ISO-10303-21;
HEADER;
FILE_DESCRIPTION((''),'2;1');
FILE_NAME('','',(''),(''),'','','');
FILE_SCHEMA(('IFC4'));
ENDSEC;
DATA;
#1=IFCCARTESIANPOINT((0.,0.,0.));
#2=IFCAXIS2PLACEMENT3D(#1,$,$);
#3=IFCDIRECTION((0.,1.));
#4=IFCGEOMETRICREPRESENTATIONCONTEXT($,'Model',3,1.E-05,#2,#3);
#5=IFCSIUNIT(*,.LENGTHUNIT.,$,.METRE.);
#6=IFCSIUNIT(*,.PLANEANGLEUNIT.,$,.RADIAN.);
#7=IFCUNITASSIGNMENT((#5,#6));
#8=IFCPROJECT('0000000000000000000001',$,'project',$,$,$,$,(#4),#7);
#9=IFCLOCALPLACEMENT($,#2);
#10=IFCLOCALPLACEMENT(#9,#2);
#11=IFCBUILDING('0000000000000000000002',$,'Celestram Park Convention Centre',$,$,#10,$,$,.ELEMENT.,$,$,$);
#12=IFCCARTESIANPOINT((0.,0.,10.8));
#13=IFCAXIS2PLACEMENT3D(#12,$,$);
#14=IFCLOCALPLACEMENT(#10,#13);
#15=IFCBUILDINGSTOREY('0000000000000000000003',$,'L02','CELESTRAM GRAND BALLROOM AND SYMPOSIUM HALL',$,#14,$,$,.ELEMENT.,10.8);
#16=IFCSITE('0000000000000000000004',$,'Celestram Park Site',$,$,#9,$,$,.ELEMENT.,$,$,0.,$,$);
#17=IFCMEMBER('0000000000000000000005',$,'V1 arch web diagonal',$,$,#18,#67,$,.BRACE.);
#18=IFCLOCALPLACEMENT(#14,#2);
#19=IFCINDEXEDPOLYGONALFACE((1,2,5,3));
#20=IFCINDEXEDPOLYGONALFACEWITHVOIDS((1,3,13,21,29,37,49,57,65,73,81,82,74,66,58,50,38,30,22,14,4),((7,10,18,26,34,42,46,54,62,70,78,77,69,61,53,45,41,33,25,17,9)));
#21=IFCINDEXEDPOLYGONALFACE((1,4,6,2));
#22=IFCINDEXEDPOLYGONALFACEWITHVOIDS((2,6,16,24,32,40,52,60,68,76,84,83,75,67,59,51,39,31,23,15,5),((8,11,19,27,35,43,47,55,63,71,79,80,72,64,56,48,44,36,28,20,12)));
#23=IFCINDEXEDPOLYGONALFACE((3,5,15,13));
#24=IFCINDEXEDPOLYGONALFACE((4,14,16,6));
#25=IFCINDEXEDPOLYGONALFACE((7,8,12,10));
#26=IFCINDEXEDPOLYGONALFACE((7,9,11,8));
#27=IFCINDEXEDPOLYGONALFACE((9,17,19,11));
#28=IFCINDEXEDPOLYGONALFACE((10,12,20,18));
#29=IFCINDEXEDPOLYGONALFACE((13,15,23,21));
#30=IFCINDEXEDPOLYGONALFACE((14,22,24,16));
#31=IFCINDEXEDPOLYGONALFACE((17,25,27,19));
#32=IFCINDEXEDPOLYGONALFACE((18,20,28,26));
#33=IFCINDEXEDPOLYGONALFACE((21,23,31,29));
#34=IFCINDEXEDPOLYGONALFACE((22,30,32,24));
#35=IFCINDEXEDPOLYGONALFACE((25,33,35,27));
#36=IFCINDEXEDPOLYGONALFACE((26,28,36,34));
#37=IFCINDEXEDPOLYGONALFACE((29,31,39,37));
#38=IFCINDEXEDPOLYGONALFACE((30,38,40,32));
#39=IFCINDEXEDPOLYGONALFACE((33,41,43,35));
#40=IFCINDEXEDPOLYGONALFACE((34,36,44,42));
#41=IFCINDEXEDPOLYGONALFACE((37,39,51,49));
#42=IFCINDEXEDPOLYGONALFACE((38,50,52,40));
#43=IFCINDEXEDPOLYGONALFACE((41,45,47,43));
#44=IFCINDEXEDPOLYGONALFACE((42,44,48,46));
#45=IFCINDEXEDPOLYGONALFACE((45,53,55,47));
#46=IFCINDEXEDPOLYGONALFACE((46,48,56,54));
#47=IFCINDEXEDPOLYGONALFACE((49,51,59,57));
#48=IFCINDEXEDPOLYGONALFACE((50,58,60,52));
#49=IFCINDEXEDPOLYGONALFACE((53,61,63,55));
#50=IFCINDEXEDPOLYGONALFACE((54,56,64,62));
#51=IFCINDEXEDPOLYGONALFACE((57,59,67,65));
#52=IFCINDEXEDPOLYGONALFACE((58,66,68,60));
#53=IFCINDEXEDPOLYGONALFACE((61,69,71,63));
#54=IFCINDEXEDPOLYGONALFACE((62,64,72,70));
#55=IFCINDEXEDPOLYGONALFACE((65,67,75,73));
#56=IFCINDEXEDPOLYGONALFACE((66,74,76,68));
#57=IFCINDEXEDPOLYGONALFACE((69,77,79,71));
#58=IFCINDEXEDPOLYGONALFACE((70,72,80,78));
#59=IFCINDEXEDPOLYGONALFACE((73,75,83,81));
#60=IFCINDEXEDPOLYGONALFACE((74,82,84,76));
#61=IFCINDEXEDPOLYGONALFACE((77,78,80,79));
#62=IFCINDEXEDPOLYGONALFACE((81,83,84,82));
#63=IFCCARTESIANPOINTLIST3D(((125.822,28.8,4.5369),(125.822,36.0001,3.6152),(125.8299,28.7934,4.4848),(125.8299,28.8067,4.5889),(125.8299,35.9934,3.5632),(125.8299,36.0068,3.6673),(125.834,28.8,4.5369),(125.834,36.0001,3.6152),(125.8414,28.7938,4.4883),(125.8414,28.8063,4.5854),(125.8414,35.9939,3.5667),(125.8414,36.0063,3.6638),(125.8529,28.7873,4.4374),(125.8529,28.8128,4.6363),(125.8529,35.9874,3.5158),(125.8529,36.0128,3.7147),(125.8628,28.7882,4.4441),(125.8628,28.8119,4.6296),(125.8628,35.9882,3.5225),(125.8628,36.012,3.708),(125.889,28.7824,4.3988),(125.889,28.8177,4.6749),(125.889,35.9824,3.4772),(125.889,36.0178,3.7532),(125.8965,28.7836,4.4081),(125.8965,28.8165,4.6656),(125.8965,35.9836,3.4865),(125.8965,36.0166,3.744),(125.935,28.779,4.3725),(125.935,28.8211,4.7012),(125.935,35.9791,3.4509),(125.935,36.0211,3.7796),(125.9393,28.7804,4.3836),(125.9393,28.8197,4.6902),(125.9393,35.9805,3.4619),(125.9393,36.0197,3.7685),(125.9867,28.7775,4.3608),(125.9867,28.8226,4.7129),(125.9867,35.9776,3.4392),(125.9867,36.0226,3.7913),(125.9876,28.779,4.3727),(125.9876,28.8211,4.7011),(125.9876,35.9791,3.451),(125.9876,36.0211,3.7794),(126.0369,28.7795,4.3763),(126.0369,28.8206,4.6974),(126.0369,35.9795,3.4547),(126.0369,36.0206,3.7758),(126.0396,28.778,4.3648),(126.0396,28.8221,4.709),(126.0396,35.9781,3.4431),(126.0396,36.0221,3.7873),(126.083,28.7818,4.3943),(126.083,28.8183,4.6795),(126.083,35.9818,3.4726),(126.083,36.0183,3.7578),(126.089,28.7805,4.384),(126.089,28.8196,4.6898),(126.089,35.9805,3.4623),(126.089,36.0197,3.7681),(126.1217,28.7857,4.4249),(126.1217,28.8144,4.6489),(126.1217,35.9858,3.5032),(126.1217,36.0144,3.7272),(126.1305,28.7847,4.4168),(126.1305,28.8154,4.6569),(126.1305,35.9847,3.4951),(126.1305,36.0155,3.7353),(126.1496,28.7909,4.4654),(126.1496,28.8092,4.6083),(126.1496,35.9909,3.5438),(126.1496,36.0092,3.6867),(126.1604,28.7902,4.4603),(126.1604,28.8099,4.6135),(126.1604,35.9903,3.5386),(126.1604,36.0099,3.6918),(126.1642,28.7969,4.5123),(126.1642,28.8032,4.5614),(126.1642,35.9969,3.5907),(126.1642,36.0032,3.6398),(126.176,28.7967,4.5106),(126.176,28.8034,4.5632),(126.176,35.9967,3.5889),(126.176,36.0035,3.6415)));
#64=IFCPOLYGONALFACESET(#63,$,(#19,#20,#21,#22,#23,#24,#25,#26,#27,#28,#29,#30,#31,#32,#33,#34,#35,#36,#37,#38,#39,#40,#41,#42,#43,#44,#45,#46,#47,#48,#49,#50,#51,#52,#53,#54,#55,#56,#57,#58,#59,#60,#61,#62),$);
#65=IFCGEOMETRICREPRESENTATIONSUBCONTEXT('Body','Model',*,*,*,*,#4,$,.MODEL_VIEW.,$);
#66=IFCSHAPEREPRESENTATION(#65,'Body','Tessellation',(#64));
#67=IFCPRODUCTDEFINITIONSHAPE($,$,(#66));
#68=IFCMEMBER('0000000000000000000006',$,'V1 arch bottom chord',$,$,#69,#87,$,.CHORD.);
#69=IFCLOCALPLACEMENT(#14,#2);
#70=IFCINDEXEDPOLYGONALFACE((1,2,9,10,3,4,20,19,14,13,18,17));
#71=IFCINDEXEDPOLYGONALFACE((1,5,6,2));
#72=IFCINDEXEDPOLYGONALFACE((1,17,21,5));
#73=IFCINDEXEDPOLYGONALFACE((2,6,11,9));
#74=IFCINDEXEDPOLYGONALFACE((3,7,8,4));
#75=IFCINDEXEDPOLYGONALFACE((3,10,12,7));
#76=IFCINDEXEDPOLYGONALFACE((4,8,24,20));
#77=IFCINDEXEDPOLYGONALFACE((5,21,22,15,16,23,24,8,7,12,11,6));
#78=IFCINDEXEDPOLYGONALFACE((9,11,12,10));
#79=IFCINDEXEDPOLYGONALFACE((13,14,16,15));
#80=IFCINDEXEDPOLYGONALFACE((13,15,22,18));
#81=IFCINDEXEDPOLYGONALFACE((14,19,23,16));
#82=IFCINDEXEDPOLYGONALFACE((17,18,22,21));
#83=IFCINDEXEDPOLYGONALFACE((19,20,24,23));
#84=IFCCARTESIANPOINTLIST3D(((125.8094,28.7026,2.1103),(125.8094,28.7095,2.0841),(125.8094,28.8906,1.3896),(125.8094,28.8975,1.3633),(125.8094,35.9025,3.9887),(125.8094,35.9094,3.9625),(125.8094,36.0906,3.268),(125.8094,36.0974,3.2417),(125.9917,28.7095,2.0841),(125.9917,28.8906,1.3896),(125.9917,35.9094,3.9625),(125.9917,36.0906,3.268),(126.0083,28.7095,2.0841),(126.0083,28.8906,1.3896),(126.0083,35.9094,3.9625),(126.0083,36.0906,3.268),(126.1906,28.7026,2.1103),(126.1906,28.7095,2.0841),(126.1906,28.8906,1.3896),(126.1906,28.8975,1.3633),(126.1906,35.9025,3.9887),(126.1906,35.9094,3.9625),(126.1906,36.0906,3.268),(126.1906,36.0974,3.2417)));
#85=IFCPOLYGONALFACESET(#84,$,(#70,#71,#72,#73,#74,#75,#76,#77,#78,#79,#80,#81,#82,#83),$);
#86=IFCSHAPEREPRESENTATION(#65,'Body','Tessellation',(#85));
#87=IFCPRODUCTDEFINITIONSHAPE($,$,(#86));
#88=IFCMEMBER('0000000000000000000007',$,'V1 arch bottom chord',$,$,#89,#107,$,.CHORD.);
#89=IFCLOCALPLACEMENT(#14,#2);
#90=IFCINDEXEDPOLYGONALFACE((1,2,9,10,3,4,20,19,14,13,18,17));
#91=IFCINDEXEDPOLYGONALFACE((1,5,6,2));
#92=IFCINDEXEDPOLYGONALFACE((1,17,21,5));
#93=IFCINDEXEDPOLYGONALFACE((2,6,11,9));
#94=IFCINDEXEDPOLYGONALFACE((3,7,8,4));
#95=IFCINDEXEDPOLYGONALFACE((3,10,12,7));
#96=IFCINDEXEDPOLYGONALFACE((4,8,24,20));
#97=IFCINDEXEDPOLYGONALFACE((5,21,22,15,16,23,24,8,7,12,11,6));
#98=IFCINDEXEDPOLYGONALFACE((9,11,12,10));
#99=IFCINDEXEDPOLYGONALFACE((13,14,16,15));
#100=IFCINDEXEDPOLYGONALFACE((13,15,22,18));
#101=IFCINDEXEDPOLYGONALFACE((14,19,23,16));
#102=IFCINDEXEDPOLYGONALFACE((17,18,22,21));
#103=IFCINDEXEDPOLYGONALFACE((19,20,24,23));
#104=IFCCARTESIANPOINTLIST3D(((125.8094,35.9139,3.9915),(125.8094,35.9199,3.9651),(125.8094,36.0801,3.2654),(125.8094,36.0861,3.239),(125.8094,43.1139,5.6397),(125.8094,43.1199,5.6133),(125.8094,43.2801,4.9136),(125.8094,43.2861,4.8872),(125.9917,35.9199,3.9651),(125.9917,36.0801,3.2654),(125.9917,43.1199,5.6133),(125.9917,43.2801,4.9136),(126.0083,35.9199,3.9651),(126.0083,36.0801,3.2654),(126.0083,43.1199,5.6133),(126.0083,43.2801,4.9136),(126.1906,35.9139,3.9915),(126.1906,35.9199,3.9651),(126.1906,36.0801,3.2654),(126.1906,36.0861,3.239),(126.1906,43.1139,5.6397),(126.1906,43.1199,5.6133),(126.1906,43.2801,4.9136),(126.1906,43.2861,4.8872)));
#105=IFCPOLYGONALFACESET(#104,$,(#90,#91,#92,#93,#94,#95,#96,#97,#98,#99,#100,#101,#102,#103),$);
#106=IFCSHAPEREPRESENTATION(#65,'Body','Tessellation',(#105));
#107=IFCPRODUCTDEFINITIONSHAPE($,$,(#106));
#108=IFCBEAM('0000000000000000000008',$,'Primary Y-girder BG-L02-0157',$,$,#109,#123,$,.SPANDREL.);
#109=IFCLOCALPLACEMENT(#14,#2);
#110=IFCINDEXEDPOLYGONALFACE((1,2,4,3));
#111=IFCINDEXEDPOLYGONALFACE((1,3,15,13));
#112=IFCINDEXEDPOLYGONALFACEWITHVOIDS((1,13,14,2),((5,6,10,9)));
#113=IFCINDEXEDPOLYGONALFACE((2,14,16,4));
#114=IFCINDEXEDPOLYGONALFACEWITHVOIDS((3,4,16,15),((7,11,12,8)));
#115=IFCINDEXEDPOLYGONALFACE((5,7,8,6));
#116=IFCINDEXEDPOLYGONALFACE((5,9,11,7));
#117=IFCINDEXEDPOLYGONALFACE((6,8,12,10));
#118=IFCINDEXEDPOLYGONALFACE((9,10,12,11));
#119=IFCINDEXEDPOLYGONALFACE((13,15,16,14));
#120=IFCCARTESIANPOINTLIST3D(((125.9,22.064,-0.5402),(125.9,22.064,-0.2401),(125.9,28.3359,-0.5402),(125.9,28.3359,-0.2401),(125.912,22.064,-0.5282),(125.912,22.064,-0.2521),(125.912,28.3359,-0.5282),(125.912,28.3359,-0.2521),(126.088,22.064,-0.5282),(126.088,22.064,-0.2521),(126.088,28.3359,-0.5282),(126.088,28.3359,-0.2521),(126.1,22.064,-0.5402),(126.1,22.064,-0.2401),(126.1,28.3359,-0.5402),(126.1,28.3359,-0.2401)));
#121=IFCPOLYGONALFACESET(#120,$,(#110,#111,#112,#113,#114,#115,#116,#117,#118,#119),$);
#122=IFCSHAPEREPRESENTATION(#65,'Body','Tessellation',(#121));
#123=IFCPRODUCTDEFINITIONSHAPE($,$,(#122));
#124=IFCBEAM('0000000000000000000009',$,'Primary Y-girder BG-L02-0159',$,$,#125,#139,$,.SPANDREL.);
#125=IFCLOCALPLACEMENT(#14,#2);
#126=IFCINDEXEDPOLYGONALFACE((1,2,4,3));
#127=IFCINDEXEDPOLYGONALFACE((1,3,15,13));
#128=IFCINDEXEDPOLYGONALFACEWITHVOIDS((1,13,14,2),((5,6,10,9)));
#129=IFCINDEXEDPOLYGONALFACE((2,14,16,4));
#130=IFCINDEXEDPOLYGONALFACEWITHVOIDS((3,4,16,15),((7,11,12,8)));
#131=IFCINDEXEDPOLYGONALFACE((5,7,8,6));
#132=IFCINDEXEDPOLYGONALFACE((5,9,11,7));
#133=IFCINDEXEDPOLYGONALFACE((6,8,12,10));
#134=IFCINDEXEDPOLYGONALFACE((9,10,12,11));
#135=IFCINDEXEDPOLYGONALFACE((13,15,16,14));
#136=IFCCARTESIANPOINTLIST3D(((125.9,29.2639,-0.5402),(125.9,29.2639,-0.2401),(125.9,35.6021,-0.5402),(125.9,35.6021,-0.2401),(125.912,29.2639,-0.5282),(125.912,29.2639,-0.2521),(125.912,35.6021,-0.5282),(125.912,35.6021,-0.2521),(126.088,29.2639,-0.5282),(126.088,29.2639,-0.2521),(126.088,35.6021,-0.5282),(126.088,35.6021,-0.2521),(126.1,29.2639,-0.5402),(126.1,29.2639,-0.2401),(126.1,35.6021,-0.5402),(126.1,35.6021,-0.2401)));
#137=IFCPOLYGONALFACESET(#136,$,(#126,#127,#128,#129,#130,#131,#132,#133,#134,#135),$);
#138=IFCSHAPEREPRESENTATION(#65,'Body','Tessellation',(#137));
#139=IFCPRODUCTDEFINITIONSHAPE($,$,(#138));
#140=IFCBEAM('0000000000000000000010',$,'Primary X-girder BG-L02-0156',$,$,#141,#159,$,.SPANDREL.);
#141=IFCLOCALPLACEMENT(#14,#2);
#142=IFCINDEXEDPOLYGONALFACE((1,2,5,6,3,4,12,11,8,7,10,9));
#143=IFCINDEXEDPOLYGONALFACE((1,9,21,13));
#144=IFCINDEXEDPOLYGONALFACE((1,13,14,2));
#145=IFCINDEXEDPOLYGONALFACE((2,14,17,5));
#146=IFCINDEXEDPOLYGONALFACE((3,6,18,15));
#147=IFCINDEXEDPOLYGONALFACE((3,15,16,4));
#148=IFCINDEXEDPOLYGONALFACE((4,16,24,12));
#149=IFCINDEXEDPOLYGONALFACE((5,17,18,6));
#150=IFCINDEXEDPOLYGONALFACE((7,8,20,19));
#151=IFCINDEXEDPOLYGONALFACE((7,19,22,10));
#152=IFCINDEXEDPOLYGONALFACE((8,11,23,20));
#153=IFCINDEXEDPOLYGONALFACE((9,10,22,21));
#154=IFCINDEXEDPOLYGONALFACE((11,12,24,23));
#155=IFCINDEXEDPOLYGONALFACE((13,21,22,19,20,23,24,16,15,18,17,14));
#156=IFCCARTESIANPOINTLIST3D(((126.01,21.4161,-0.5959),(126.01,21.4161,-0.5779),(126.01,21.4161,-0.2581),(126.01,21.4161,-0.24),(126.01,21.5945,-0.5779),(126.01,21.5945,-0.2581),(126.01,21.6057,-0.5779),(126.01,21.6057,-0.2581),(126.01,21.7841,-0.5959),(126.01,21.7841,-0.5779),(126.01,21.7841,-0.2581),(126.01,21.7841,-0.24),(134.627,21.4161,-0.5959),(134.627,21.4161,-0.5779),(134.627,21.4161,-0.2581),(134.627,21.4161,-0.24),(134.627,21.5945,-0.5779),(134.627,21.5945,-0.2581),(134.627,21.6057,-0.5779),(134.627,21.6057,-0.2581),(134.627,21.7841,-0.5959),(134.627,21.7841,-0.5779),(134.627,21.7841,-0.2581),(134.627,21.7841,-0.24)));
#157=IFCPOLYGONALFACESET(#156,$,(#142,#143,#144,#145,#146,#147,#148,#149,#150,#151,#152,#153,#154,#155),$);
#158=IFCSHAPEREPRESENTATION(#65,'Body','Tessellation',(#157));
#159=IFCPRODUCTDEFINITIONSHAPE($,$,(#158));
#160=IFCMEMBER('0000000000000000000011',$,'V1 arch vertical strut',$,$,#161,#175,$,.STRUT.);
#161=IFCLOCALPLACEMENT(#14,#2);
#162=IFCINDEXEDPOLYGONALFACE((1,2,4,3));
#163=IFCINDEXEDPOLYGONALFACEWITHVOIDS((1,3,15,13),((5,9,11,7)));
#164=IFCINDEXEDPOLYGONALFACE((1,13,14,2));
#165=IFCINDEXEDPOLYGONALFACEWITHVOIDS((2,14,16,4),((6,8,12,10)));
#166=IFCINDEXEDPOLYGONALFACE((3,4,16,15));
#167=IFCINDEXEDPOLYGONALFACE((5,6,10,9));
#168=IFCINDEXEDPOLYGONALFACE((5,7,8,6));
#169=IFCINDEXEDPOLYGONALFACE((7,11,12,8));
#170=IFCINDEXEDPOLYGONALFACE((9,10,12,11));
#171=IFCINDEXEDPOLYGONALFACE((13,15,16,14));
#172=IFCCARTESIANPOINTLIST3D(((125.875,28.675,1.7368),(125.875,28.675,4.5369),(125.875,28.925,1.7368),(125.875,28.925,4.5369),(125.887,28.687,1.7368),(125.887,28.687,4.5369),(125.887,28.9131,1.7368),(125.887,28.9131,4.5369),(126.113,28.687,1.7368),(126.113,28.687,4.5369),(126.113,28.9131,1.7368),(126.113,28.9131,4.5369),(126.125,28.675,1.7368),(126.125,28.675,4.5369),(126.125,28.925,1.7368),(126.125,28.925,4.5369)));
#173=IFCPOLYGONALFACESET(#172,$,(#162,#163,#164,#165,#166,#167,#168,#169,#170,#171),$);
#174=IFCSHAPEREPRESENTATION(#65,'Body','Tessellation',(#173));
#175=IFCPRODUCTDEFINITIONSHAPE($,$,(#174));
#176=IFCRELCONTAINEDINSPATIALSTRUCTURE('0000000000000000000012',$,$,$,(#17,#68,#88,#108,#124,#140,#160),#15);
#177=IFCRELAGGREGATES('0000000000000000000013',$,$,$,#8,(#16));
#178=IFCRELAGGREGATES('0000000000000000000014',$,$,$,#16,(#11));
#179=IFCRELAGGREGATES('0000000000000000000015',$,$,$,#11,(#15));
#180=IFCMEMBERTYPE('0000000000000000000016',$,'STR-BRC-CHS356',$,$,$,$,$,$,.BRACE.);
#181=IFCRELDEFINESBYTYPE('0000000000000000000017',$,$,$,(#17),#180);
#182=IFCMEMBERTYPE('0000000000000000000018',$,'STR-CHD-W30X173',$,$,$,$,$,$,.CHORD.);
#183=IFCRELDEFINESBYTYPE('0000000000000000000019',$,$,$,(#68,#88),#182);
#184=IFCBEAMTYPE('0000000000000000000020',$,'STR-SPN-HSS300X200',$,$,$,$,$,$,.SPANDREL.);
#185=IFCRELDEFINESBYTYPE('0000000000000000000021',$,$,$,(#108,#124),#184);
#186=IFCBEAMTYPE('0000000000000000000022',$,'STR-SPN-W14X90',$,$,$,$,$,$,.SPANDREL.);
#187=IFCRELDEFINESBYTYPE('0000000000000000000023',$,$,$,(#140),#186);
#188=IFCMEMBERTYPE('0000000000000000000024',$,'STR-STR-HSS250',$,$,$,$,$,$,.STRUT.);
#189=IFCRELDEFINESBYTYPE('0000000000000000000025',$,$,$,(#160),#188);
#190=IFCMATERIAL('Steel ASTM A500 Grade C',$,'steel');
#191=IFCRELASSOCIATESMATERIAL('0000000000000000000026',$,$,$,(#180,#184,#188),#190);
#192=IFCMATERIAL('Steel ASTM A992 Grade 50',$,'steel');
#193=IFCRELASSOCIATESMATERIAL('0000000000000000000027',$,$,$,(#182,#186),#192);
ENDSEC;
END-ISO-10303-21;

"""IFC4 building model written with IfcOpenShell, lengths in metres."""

from ifc_helpers import new_model, si_unit, direction, frame, origin, origin_2d, place, context, subcontext, project, spatial, hollow_rectangle, hollow_circle, i_section, extrude, material, material_profile, profile_set, type_object, element, save


model = new_model("IFC4")

# Units and contexts
model_context = context("Model", 3, precision=1e-05, world=origin(), true_north=direction((0.0, 1.0)))
body_context = subcontext(model_context, "Body", "Model", "MODEL_VIEW")
ifc_project = project(units=[si_unit("LENGTHUNIT", "METRE"), si_unit("PLANEANGLEUNIT", "RADIAN")], contexts=[model_context])

# Site, building, storey
site_placement = place(None, origin())
site = spatial("IfcSite", under=ifc_project, at=site_placement, Name="Celestram Park Site", CompositionType="ELEMENT", RefElevation=0.0)
building_placement = place(site_placement, origin())
building = spatial("IfcBuilding", under=site, at=building_placement, Name="Celestram Park Convention Centre", CompositionType="ELEMENT")
storey_placement = place(building_placement, frame((0.0, 0.0, 10.8)))
storey = spatial("IfcBuildingStorey", under=building, at=storey_placement, Name="L02", Description="CELESTRAM GRAND BALLROOM AND SYMPOSIUM HALL", CompositionType="ELEMENT", Elevation=10.8)

# Shared definitions
ifc_material_1 = material(Name="Steel ASTM A992 Grade 50", Category="steel")

# Members
ifc_material_2 = material(Name="Steel ASTM A500 Grade C", Category="steel")
ifc_material_profile_1 = material_profile(ifc_material_2, hollow_circle(Radius=0.178, WallThickness=0.012, at=origin_2d()), Name="CHS356X12")
ifc_profile_set_1 = profile_set([ifc_material_profile_1], Name="Steel ASTM A500 Grade C")
member_type_1 = type_object("IfcMemberType", Name="STR-BRC-CHS356", PredefinedType="BRACE", material=ifc_profile_set_1)
member_1_placement = place(storey_placement, frame((126.0, 28.8, 4.5369), z_axis=(0.0, 0.991907, -0.126969), x_axis=(-1.0, 0.0, 0.0)))
element("IfcMember", 1, at=member_1_placement, inside=storey, type_object=member_type_1, Name="V1 arch web diagonal", PredefinedType="BRACE", context=body_context, shape_type="SweptSolid", body=[
    extrude(hollow_circle(Radius=0.178, WallThickness=0.012, at=origin_2d()), origin(), (0.0, 0.0, 1.0), 7.2588),
])
ifc_material_profile_2 = material_profile(ifc_material_1, i_section(OverallWidth=0.3811, OverallDepth=0.772, WebThickness=0.0166, FlangeThickness=0.0271, at=origin_2d()), Name="W30X173")
ifc_profile_set_2 = profile_set([ifc_material_profile_2], Name="Steel ASTM A992 Grade 50")
member_type_2 = type_object("IfcMemberType", Name="STR-CHD-W30X173", PredefinedType="CHORD", material=ifc_profile_set_2)
member_2_placement = place(storey_placement, frame((126.0, 28.8, 1.7368), z_axis=(0.0, 0.967612, 0.252443), x_axis=(-1.0, 0.0, 0.0)))
element("IfcMember", 2, at=member_2_placement, inside=storey, type_object=member_type_2, Name="V1 arch bottom chord", PredefinedType="CHORD", context=body_context, shape_type="SweptSolid", body=[
    extrude(i_section(OverallWidth=0.3811, OverallDepth=0.772, WebThickness=0.0166, FlangeThickness=0.0271, at=origin_2d()), origin(), (0.0, 0.0, 1.0), 7.4409),
])
member_3_placement = place(storey_placement, frame((126.0, 36.0, 3.6152), z_axis=(0.0, 0.974785, 0.223145), x_axis=(-1.0, 0.0, 0.0)))
element("IfcMember", 3, at=member_3_placement, inside=storey, type_object=member_type_2, Name="V1 arch bottom chord", PredefinedType="CHORD", context=body_context, shape_type="SweptSolid", body=[
    extrude(i_section(OverallWidth=0.3811, OverallDepth=0.772, WebThickness=0.0166, FlangeThickness=0.0271, at=origin_2d()), origin(), (0.0, 0.0, 1.0), 7.3862),
])

# Beams
ifc_material_profile_3 = material_profile(ifc_material_2, hollow_rectangle(XDim=0.2, YDim=0.3, WallThickness=0.012, at=origin_2d()), Name="HSS300X200X12")
ifc_profile_set_3 = profile_set([ifc_material_profile_3], Name="Steel ASTM A500 Grade C")
beam_type_1 = type_object("IfcBeamType", Name="STR-SPN-HSS300X200", PredefinedType="SPANDREL", material=ifc_profile_set_3)
beam_1_placement = place(storey_placement, frame((126.0, 22.064, -0.3901), z_axis=(0.0, 1.0, 0.0), x_axis=(-1.0, 0.0, 0.0)))
element("IfcBeam", 4, at=beam_1_placement, inside=storey, type_object=beam_type_1, Name="Primary Y-girder BG-L02-0157", PredefinedType="SPANDREL", context=body_context, shape_type="SweptSolid", body=[
    extrude(hollow_rectangle(XDim=0.2, YDim=0.3, WallThickness=0.012, at=origin_2d()), origin(), (0.0, 0.0, 1.0), 6.272),
])
beam_2_placement = place(storey_placement, frame((126.0, 29.2639, -0.3901), z_axis=(0.0, 1.0, 0.0), x_axis=(-1.0, 0.0, 0.0)))
element("IfcBeam", 5, at=beam_2_placement, inside=storey, type_object=beam_type_1, Name="Primary Y-girder BG-L02-0159", PredefinedType="SPANDREL", context=body_context, shape_type="SweptSolid", body=[
    extrude(hollow_rectangle(XDim=0.2, YDim=0.3, WallThickness=0.012, at=origin_2d()), origin(), (0.0, 0.0, 1.0), 6.3381),
])
ifc_material_profile_4 = material_profile(ifc_material_1, i_section(OverallWidth=0.3679, OverallDepth=0.356, WebThickness=0.0112, FlangeThickness=0.0181, at=origin_2d()), Name="W14X90")
ifc_profile_set_4 = profile_set([ifc_material_profile_4], Name="Steel ASTM A992 Grade 50")
beam_type_2 = type_object("IfcBeamType", Name="STR-SPN-W14X90", PredefinedType="SPANDREL", material=ifc_profile_set_4)
beam_3_placement = place(storey_placement, frame((126.01, 21.6001, -0.418), z_axis=(1.0, 0.0, 0.0), x_axis=(0.0, 1.0, 0.0)))
element("IfcBeam", 6, at=beam_3_placement, inside=storey, type_object=beam_type_2, Name="Primary X-girder BG-L02-0156", PredefinedType="SPANDREL", context=body_context, shape_type="SweptSolid", body=[
    extrude(i_section(OverallWidth=0.3679, OverallDepth=0.356, WebThickness=0.0112, FlangeThickness=0.0181, at=origin_2d()), origin(), (0.0, 0.0, 1.0), 8.6169),
])

# Member
ifc_material_profile_5 = material_profile(ifc_material_2, hollow_rectangle(XDim=0.25, YDim=0.25, WallThickness=0.012, at=origin_2d()), Name="HSS250X250X12")
ifc_profile_set_5 = profile_set([ifc_material_profile_5], Name="Steel ASTM A500 Grade C")
member_type_3 = type_object("IfcMemberType", Name="STR-STR-HSS250", PredefinedType="STRUT", material=ifc_profile_set_5)
member_4_placement = place(storey_placement, frame((126.0, 28.8, 1.7368), z_axis=(0.0, 0.0, 1.0), x_axis=(1.0, 0.0, 0.0)))
element("IfcMember", 7, at=member_4_placement, inside=storey, type_object=member_type_3, Name="V1 arch vertical strut", PredefinedType="STRUT", context=body_context, shape_type="SweptSolid", body=[
    extrude(hollow_rectangle(XDim=0.25, YDim=0.25, WallThickness=0.012, at=origin_2d()), origin(), (0.0, 0.0, 1.0), 2.8),
])

save(model, "model.ifc")
